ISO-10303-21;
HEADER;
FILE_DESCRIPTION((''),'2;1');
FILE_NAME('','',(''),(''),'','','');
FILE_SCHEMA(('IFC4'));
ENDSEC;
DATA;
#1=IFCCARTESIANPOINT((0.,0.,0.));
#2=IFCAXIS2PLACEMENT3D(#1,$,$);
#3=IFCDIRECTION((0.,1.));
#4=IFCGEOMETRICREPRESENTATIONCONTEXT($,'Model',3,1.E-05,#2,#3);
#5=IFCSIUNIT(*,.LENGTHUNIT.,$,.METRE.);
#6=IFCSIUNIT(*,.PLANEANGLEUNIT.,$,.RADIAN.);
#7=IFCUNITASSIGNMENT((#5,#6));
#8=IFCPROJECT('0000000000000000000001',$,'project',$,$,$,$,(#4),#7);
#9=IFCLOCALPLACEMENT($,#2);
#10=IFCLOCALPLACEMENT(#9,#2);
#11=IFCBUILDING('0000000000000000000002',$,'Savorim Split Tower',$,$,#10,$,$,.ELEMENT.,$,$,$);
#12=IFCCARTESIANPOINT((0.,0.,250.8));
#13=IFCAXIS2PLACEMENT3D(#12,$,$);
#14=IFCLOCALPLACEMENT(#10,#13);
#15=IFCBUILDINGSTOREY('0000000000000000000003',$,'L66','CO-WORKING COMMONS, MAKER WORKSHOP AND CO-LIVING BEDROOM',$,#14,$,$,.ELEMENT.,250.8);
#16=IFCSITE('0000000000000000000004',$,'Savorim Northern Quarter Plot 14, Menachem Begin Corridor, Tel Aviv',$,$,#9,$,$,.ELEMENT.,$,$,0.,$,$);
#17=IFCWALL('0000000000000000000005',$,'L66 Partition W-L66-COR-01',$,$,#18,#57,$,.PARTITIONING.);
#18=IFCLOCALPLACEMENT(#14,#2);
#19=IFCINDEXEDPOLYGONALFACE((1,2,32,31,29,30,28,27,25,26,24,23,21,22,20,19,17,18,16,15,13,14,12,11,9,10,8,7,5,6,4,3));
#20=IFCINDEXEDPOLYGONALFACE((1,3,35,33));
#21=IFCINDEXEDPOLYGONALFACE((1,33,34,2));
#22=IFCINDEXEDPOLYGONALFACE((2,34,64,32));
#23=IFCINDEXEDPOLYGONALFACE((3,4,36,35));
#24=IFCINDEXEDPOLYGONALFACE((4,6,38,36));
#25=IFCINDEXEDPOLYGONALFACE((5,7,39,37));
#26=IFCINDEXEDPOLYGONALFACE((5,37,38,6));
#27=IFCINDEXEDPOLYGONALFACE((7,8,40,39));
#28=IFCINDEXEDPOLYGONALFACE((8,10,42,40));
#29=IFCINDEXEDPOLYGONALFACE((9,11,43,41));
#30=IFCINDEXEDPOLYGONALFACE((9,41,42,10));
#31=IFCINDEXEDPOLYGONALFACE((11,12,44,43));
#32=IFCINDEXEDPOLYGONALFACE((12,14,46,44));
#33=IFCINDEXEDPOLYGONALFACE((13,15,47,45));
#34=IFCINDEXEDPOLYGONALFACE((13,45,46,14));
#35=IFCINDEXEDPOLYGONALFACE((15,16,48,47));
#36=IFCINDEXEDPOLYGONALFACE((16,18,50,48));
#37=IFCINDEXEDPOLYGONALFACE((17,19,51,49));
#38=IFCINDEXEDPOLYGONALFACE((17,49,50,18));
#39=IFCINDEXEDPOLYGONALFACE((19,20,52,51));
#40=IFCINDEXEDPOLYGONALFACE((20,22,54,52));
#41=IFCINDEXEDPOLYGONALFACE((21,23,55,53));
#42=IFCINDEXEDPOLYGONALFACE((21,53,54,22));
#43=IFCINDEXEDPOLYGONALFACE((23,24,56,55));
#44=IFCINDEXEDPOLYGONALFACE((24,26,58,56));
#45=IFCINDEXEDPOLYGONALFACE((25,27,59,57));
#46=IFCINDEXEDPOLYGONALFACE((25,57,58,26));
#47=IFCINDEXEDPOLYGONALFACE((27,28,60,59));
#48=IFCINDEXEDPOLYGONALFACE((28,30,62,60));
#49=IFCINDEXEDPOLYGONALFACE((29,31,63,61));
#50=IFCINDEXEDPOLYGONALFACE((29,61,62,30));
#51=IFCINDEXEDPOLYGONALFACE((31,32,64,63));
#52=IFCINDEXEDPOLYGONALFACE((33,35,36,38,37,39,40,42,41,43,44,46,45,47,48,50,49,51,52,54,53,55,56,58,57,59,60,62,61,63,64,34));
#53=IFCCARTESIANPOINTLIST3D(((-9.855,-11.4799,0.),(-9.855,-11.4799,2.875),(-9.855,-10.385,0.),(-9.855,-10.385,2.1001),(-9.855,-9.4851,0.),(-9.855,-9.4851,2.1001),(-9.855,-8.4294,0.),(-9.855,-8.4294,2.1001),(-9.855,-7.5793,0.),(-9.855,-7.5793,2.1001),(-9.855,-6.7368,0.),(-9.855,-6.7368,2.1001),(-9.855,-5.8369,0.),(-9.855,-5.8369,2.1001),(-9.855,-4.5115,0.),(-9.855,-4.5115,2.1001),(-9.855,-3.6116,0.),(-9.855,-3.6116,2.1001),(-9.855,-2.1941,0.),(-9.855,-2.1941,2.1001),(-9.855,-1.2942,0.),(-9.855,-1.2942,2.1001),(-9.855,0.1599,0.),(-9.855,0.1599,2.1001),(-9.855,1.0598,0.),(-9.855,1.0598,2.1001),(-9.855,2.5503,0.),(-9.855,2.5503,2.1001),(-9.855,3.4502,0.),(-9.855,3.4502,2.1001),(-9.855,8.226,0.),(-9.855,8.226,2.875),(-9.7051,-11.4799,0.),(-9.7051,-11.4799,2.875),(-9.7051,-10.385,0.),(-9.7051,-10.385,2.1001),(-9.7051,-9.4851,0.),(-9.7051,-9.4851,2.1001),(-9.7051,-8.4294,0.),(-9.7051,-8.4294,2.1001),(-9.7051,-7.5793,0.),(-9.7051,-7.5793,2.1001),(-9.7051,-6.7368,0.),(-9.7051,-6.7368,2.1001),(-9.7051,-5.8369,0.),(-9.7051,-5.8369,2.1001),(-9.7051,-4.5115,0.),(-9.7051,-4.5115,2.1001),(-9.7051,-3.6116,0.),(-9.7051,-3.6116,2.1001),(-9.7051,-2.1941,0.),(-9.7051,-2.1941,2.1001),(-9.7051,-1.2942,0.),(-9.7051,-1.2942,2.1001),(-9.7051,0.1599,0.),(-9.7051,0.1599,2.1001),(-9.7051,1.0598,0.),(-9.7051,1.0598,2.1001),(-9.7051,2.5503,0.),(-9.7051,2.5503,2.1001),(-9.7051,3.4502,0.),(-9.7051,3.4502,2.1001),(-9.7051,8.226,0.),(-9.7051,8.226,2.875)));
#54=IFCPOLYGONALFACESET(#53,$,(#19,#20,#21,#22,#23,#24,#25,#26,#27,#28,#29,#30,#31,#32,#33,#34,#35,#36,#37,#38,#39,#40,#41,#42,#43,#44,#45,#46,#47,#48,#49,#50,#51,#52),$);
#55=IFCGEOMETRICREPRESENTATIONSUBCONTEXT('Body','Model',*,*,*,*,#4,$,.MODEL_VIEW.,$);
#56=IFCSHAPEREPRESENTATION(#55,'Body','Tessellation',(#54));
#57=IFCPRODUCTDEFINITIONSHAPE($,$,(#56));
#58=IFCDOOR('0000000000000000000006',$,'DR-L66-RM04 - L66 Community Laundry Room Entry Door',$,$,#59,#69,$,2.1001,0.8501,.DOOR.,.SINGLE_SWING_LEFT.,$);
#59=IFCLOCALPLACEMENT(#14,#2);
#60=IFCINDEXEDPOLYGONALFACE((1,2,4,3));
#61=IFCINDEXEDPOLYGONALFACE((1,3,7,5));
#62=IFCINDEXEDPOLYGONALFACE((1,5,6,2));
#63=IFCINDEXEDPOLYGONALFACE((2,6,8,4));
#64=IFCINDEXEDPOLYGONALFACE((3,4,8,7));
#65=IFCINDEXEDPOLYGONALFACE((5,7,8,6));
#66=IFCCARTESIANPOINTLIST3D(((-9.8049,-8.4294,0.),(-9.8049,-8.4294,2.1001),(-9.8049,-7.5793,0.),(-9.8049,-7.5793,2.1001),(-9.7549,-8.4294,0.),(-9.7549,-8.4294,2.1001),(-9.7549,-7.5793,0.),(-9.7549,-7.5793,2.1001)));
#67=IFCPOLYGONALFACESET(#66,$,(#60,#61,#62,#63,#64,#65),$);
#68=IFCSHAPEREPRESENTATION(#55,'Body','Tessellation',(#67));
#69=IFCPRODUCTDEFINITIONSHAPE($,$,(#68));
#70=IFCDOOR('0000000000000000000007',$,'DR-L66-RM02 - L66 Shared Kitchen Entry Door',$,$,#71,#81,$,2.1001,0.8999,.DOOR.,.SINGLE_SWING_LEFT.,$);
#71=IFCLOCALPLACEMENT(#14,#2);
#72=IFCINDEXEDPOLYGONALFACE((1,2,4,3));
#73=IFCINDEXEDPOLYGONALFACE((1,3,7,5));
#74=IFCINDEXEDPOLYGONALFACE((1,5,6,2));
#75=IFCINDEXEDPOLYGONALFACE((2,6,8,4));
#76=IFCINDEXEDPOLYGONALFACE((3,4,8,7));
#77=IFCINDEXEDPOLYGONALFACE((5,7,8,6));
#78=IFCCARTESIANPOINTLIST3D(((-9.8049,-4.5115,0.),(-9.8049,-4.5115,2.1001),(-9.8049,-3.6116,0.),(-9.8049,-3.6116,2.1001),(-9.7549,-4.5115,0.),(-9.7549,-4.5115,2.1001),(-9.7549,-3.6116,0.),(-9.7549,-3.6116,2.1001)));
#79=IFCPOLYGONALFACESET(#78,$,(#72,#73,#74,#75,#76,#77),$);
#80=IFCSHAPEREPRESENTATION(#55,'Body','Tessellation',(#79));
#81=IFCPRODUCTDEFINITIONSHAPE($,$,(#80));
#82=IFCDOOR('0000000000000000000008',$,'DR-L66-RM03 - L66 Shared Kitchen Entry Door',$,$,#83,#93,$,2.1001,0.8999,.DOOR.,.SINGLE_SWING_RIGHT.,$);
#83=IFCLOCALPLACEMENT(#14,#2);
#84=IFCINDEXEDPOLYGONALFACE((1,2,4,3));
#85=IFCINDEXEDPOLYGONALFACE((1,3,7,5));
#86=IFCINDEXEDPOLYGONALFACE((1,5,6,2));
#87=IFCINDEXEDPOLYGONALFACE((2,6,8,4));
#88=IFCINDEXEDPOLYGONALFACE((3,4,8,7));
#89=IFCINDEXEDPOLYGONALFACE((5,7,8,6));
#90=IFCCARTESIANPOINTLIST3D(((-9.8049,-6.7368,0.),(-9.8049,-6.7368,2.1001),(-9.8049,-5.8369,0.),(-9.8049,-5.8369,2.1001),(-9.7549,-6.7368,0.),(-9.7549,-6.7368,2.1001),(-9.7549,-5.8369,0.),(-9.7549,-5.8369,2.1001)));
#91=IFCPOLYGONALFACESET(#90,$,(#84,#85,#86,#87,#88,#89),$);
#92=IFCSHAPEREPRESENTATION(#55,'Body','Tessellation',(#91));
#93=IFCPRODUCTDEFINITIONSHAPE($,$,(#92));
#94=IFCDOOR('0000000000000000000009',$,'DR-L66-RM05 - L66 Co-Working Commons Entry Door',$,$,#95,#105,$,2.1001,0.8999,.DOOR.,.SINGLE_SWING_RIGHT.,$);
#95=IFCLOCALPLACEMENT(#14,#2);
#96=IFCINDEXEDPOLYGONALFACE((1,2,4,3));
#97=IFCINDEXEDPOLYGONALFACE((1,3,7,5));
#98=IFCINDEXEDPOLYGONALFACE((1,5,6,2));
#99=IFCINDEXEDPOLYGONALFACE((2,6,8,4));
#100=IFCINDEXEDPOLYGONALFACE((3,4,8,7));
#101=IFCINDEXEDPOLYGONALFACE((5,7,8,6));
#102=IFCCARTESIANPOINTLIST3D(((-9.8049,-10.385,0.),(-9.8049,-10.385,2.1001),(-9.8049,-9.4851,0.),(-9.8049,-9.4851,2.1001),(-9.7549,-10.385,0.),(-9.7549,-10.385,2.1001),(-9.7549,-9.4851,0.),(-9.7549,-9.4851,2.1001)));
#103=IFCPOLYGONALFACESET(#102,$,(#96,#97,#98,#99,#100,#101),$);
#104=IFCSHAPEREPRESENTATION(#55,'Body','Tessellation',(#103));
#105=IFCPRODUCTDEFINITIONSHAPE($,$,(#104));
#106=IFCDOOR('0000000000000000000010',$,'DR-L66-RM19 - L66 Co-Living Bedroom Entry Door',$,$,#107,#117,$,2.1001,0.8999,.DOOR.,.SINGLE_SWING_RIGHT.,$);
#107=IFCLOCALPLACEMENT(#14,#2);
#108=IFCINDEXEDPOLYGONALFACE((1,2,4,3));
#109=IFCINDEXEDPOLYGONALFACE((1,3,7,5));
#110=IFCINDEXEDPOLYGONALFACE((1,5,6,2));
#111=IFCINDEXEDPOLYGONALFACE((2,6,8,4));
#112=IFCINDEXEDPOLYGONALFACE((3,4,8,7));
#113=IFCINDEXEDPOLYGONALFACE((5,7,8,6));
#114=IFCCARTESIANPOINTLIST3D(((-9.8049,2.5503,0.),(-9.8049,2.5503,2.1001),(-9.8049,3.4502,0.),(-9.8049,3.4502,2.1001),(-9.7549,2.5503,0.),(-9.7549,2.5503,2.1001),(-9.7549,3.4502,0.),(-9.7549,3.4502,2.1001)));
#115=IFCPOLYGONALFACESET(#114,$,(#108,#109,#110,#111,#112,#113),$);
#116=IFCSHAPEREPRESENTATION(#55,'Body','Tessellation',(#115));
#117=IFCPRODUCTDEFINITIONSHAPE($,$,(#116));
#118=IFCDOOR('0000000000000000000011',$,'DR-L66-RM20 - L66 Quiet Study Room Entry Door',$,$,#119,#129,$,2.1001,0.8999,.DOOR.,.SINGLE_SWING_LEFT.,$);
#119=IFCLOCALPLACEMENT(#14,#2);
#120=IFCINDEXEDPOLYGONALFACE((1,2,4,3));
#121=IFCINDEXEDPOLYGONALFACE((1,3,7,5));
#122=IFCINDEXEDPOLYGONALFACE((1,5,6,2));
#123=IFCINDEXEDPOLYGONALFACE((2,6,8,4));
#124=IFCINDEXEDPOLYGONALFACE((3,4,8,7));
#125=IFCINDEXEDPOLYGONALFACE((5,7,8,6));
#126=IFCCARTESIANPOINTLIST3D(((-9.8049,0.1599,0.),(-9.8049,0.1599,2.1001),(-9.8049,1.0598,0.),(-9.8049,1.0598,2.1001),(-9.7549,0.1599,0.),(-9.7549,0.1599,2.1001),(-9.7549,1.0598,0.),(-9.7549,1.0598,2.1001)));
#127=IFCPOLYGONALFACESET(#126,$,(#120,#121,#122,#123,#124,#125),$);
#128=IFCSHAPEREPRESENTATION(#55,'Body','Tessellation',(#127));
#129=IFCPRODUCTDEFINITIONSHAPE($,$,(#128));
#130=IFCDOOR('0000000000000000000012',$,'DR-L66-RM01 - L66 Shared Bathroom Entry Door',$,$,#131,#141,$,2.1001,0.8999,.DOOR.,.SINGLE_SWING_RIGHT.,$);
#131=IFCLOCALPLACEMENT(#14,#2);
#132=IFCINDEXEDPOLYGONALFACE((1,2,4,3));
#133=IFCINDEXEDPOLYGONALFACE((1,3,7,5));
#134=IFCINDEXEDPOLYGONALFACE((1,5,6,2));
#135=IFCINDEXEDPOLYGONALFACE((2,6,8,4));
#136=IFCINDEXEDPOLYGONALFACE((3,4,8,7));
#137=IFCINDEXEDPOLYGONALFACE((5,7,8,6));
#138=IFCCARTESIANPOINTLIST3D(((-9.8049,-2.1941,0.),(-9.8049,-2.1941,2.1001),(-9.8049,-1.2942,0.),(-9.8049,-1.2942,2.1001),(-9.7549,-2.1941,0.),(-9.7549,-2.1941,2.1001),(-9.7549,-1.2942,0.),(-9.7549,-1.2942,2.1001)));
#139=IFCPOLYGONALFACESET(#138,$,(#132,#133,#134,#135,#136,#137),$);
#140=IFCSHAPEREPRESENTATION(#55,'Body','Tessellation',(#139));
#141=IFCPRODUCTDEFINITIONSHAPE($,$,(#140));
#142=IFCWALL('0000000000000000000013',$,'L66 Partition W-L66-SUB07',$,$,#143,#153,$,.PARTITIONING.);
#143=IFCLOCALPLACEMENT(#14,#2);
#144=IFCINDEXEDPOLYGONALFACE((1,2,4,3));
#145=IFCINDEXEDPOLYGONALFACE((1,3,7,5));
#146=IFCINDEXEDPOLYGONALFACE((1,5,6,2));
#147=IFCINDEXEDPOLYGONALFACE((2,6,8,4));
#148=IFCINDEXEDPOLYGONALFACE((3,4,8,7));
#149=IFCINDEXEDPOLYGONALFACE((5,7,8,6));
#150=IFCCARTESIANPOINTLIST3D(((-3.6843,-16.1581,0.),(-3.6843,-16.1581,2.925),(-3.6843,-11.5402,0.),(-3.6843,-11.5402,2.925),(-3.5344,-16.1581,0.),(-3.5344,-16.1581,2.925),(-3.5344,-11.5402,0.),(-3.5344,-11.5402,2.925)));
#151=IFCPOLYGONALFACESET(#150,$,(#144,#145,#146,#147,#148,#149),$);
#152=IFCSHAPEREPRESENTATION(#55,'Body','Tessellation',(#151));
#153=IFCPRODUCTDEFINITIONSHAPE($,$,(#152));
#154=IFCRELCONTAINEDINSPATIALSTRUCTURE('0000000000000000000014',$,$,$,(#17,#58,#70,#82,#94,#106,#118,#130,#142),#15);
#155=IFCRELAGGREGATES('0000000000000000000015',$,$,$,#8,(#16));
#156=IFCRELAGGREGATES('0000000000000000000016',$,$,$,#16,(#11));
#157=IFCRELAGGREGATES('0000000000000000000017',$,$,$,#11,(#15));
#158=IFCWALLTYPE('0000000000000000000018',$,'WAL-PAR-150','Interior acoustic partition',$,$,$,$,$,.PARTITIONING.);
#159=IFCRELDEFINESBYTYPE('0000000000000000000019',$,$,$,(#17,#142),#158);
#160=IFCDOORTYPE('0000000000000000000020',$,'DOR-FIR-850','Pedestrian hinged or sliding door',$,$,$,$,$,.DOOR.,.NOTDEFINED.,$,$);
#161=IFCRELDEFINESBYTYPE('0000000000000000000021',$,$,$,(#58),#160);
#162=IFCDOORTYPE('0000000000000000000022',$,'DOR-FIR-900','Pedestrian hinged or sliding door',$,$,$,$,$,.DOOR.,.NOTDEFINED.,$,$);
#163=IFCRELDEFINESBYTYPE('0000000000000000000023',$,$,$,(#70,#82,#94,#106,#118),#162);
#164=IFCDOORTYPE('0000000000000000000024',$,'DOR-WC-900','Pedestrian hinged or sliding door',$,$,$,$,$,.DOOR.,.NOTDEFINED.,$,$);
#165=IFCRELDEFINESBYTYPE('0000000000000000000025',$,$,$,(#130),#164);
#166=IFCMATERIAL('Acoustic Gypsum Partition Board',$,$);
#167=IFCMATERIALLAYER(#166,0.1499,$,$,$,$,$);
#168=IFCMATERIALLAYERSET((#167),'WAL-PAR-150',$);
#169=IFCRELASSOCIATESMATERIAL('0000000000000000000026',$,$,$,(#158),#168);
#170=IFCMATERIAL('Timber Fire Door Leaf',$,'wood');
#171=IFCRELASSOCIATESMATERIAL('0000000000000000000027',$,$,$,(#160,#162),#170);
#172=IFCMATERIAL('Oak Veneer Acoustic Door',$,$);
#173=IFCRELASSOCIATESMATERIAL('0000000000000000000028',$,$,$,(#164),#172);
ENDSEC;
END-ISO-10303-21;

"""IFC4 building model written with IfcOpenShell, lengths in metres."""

from ifc_helpers import new_model, si_unit, direction, frame, frame_2d, origin, place, context, subcontext, project, spatial, rectangle, extrude, material, layer, layer_set, type_object, element, fill, save


model = new_model("IFC4")

# Units and contexts
model_context = context("Model", 3, precision=1e-05, world=origin(), true_north=direction((0.0, 1.0)))
body_context = subcontext(model_context, "Body", "Model", "MODEL_VIEW")
ifc_project = project(units=[si_unit("LENGTHUNIT", "METRE"), si_unit("PLANEANGLEUNIT", "RADIAN")], contexts=[model_context])

# Site, building, storey
site_placement = place(None, origin())
site = spatial("IfcSite", under=ifc_project, at=site_placement, Name="Savorim Northern Quarter Plot 14, Menachem Begin Corridor, Tel Aviv", CompositionType="ELEMENT", RefElevation=0.0)
building_placement = place(site_placement, origin())
building = spatial("IfcBuilding", under=site, at=building_placement, Name="Savorim Split Tower", CompositionType="ELEMENT")
storey_placement = place(building_placement, frame((0.0, 0.0, 250.8)))
storey = spatial("IfcBuildingStorey", under=building, at=storey_placement, Name="L66", Description="CO-WORKING COMMONS, MAKER WORKSHOP AND CO-LIVING BEDROOM", CompositionType="ELEMENT", Elevation=250.8)

# Wall, openings, doors
ifc_material_1 = material(Name="Acoustic Gypsum Partition Board")
ifc_layer_1 = layer(ifc_material_1, 0.1499)
ifc_layer_set_1 = layer_set([ifc_layer_1], Name="WAL-PAR-150")
wall_type = type_object("IfcWallType", Name="WAL-PAR-150", Description="Interior acoustic partition", PredefinedType="PARTITIONING", material=ifc_layer_set_1)
wall_1_placement = place(storey_placement, frame((-9.78, -11.48, 0.0), z_axis=(0.0, 0.0, 1.0), x_axis=(0.0, 1.0, 0.0)))
wall_1 = element("IfcWall", 1, at=wall_1_placement, inside=storey, type_object=wall_type, Name="L66 Partition W-L66-COR-01", PredefinedType="PARTITIONING", context=body_context, shape_type="SweptSolid", body=[
    extrude(rectangle(XDim=19.7058, YDim=0.1499, at=frame_2d((9.853, 0.0))), origin(), (0.0, 0.0, 1.0), 2.875),
])
opening_1_placement = place(wall_1_placement, frame((9.2859, 0.0, 0.0)))
opening_1 = element("IfcOpeningElement", 2, at=opening_1_placement, cuts=wall_1, PredefinedType="OPENING", context=body_context, shape_type="SweptSolid", body=[
    extrude(rectangle(XDim=0.8999, YDim=2.1001, at=frame_2d((0.45, 1.05))), frame((0.0, 0.085, 0.0), z_axis=(0.0, -1.0, 0.0), x_axis=(1.0, 0.0, 0.0)), (0.0, 0.0, 1.0), 0.1699),
])
opening_2_placement = place(wall_1_placement, frame((6.9685, 0.0, 0.0)))
opening_2 = element("IfcOpeningElement", 3, at=opening_2_placement, cuts=wall_1, PredefinedType="OPENING", context=body_context, shape_type="SweptSolid", body=[
    extrude(rectangle(XDim=0.8999, YDim=2.1001, at=frame_2d((0.45, 1.05))), frame((0.0, 0.085, 0.0), z_axis=(0.0, -1.0, 0.0), x_axis=(1.0, 0.0, 0.0)), (0.0, 0.0, 1.0), 0.1699),
])
opening_3_placement = place(wall_1_placement, frame((4.7432, 0.0, 0.0)))
opening_3 = element("IfcOpeningElement", 4, at=opening_3_placement, cuts=wall_1, PredefinedType="OPENING", context=body_context, shape_type="SweptSolid", body=[
    extrude(rectangle(XDim=0.8999, YDim=2.1001, at=frame_2d((0.45, 1.05))), frame((0.0, 0.085, 0.0), z_axis=(0.0, -1.0, 0.0), x_axis=(1.0, 0.0, 0.0)), (0.0, 0.0, 1.0), 0.1699),
])
opening_4_placement = place(wall_1_placement, frame((3.0505, 0.0, 0.0)))
opening_4 = element("IfcOpeningElement", 5, at=opening_4_placement, cuts=wall_1, PredefinedType="OPENING", context=body_context, shape_type="SweptSolid", body=[
    extrude(rectangle(XDim=0.8501, YDim=2.1001, at=frame_2d((0.425, 1.05))), frame((0.0, 0.085, 0.0), z_axis=(0.0, -1.0, 0.0), x_axis=(1.0, 0.0, 0.0)), (0.0, 0.0, 1.0), 0.1699),
])
opening_5_placement = place(wall_1_placement, frame((1.095, 0.0, 0.0)))
opening_5 = element("IfcOpeningElement", 6, at=opening_5_placement, cuts=wall_1, PredefinedType="OPENING", context=body_context, shape_type="SweptSolid", body=[
    extrude(rectangle(XDim=0.8999, YDim=2.1001, at=frame_2d((0.45, 1.05))), frame((0.0, 0.085, 0.0), z_axis=(0.0, -1.0, 0.0), x_axis=(1.0, 0.0, 0.0)), (0.0, 0.0, 1.0), 0.1699),
])
opening_6_placement = place(wall_1_placement, frame((14.0303, 0.0, 0.0)))
opening_6 = element("IfcOpeningElement", 7, at=opening_6_placement, cuts=wall_1, PredefinedType="OPENING", context=body_context, shape_type="SweptSolid", body=[
    extrude(rectangle(XDim=0.8999, YDim=2.1001, at=frame_2d((0.45, 1.05))), frame((0.0, 0.085, 0.0), z_axis=(0.0, -1.0, 0.0), x_axis=(1.0, 0.0, 0.0)), (0.0, 0.0, 1.0), 0.1699),
])
opening_7_placement = place(wall_1_placement, frame((11.6399, 0.0, 0.0)))
opening_7 = element("IfcOpeningElement", 8, at=opening_7_placement, cuts=wall_1, PredefinedType="OPENING", context=body_context, shape_type="SweptSolid", body=[
    extrude(rectangle(XDim=0.8999, YDim=2.1001, at=frame_2d((0.45, 1.05))), frame((0.0, 0.085, 0.0), z_axis=(0.0, -1.0, 0.0), x_axis=(1.0, 0.0, 0.0)), (0.0, 0.0, 1.0), 0.1699),
])
ifc_material_2 = material(Name="Timber Fire Door Leaf", Category="wood")
door_type_1 = type_object("IfcDoorType", Name="DOR-FIR-850", Description="Pedestrian hinged or sliding door", OperationType="NOTDEFINED", PredefinedType="DOOR", material=ifc_material_2)
door_1_placement = place(opening_4_placement, origin())
door_1 = element("IfcDoor", 9, at=door_1_placement, inside=storey, type_object=door_type_1, Name="DR-L66-RM04 - L66 Community Laundry Room Entry Door", OperationType="SINGLE_SWING_LEFT", OverallHeight=2.1001, OverallWidth=0.8501, PredefinedType="DOOR", context=body_context, shape_type="SweptSolid", body=[
    extrude(rectangle(XDim=0.8501, YDim=2.1001, at=frame_2d((0.425, 1.05))), frame((0.0, 0.0249, 0.0), z_axis=(0.0, -1.0, 0.0), x_axis=(1.0, 0.0, 0.0)), (0.0, 0.0, 1.0), 0.05),
])
fill(opening_4, door_1)
door_type_2 = type_object("IfcDoorType", Name="DOR-FIR-900", Description="Pedestrian hinged or sliding door", OperationType="NOTDEFINED", PredefinedType="DOOR", material=ifc_material_2)
door_2_placement = place(opening_2_placement, origin())
door_2 = element("IfcDoor", 10, at=door_2_placement, inside=storey, type_object=door_type_2, Name="DR-L66-RM02 - L66 Shared Kitchen Entry Door", OperationType="SINGLE_SWING_LEFT", OverallHeight=2.1001, OverallWidth=0.8999, PredefinedType="DOOR", context=body_context, shape_type="SweptSolid", body=[
    extrude(rectangle(XDim=0.8999, YDim=2.1001, at=frame_2d((0.45, 1.05))), frame((0.0, 0.0249, 0.0), z_axis=(0.0, -1.0, 0.0), x_axis=(1.0, 0.0, 0.0)), (0.0, 0.0, 1.0), 0.05),
])
fill(opening_2, door_2)
door_3_placement = place(opening_3_placement, origin())
door_3 = element("IfcDoor", 11, at=door_3_placement, inside=storey, type_object=door_type_2, Name="DR-L66-RM03 - L66 Shared Kitchen Entry Door", OperationType="SINGLE_SWING_RIGHT", OverallHeight=2.1001, OverallWidth=0.8999, PredefinedType="DOOR", context=body_context, shape_type="SweptSolid", body=[
    extrude(rectangle(XDim=0.8999, YDim=2.1001, at=frame_2d((0.45, 1.05))), frame((0.0, 0.0249, 0.0), z_axis=(0.0, -1.0, 0.0), x_axis=(1.0, 0.0, 0.0)), (0.0, 0.0, 1.0), 0.05),
])
fill(opening_3, door_3)
door_4_placement = place(opening_5_placement, origin())
door_4 = element("IfcDoor", 12, at=door_4_placement, inside=storey, type_object=door_type_2, Name="DR-L66-RM05 - L66 Co-Working Commons Entry Door", OperationType="SINGLE_SWING_RIGHT", OverallHeight=2.1001, OverallWidth=0.8999, PredefinedType="DOOR", context=body_context, shape_type="SweptSolid", body=[
    extrude(rectangle(XDim=0.8999, YDim=2.1001, at=frame_2d((0.45, 1.05))), frame((0.0, 0.0249, 0.0), z_axis=(0.0, -1.0, 0.0), x_axis=(1.0, 0.0, 0.0)), (0.0, 0.0, 1.0), 0.05),
])
fill(opening_5, door_4)
door_5_placement = place(opening_6_placement, origin())
door_5 = element("IfcDoor", 13, at=door_5_placement, inside=storey, type_object=door_type_2, Name="DR-L66-RM19 - L66 Co-Living Bedroom Entry Door", OperationType="SINGLE_SWING_RIGHT", OverallHeight=2.1001, OverallWidth=0.8999, PredefinedType="DOOR", context=body_context, shape_type="SweptSolid", body=[
    extrude(rectangle(XDim=0.8999, YDim=2.1001, at=frame_2d((0.45, 1.05))), frame((0.0, 0.0249, 0.0), z_axis=(0.0, -1.0, 0.0), x_axis=(1.0, 0.0, 0.0)), (0.0, 0.0, 1.0), 0.05),
])
fill(opening_6, door_5)
door_6_placement = place(opening_7_placement, origin())
door_6 = element("IfcDoor", 14, at=door_6_placement, inside=storey, type_object=door_type_2, Name="DR-L66-RM20 - L66 Quiet Study Room Entry Door", OperationType="SINGLE_SWING_LEFT", OverallHeight=2.1001, OverallWidth=0.8999, PredefinedType="DOOR", context=body_context, shape_type="SweptSolid", body=[
    extrude(rectangle(XDim=0.8999, YDim=2.1001, at=frame_2d((0.45, 1.05))), frame((0.0, 0.0249, 0.0), z_axis=(0.0, -1.0, 0.0), x_axis=(1.0, 0.0, 0.0)), (0.0, 0.0, 1.0), 0.05),
])
fill(opening_7, door_6)
ifc_material_3 = material(Name="Oak Veneer Acoustic Door")
door_type_3 = type_object("IfcDoorType", Name="DOR-WC-900", Description="Pedestrian hinged or sliding door", OperationType="NOTDEFINED", PredefinedType="DOOR", material=ifc_material_3)
door_7_placement = place(opening_1_placement, origin())
door_7 = element("IfcDoor", 15, at=door_7_placement, inside=storey, type_object=door_type_3, Name="DR-L66-RM01 - L66 Shared Bathroom Entry Door", OperationType="SINGLE_SWING_RIGHT", OverallHeight=2.1001, OverallWidth=0.8999, PredefinedType="DOOR", context=body_context, shape_type="SweptSolid", body=[
    extrude(rectangle(XDim=0.8999, YDim=2.1001, at=frame_2d((0.45, 1.05))), frame((0.0, 0.0249, 0.0), z_axis=(0.0, -1.0, 0.0), x_axis=(1.0, 0.0, 0.0)), (0.0, 0.0, 1.0), 0.05),
])
fill(opening_1, door_7)

# Wall
wall_2_placement = place(storey_placement, frame((-3.6094, -11.54, 0.0), z_axis=(0.0, 0.0, 1.0), x_axis=(0.0, -1.0, 0.0)))
element("IfcWall", 16, at=wall_2_placement, inside=storey, type_object=wall_type, Name="L66 Partition W-L66-SUB07", PredefinedType="PARTITIONING", context=body_context, shape_type="SweptSolid", body=[
    extrude(rectangle(XDim=4.6179, YDim=0.1499, at=frame_2d((2.3091, 0.0))), origin(), (0.0, 0.0, 1.0), 2.925),
])

save(model, "model.ifc")
